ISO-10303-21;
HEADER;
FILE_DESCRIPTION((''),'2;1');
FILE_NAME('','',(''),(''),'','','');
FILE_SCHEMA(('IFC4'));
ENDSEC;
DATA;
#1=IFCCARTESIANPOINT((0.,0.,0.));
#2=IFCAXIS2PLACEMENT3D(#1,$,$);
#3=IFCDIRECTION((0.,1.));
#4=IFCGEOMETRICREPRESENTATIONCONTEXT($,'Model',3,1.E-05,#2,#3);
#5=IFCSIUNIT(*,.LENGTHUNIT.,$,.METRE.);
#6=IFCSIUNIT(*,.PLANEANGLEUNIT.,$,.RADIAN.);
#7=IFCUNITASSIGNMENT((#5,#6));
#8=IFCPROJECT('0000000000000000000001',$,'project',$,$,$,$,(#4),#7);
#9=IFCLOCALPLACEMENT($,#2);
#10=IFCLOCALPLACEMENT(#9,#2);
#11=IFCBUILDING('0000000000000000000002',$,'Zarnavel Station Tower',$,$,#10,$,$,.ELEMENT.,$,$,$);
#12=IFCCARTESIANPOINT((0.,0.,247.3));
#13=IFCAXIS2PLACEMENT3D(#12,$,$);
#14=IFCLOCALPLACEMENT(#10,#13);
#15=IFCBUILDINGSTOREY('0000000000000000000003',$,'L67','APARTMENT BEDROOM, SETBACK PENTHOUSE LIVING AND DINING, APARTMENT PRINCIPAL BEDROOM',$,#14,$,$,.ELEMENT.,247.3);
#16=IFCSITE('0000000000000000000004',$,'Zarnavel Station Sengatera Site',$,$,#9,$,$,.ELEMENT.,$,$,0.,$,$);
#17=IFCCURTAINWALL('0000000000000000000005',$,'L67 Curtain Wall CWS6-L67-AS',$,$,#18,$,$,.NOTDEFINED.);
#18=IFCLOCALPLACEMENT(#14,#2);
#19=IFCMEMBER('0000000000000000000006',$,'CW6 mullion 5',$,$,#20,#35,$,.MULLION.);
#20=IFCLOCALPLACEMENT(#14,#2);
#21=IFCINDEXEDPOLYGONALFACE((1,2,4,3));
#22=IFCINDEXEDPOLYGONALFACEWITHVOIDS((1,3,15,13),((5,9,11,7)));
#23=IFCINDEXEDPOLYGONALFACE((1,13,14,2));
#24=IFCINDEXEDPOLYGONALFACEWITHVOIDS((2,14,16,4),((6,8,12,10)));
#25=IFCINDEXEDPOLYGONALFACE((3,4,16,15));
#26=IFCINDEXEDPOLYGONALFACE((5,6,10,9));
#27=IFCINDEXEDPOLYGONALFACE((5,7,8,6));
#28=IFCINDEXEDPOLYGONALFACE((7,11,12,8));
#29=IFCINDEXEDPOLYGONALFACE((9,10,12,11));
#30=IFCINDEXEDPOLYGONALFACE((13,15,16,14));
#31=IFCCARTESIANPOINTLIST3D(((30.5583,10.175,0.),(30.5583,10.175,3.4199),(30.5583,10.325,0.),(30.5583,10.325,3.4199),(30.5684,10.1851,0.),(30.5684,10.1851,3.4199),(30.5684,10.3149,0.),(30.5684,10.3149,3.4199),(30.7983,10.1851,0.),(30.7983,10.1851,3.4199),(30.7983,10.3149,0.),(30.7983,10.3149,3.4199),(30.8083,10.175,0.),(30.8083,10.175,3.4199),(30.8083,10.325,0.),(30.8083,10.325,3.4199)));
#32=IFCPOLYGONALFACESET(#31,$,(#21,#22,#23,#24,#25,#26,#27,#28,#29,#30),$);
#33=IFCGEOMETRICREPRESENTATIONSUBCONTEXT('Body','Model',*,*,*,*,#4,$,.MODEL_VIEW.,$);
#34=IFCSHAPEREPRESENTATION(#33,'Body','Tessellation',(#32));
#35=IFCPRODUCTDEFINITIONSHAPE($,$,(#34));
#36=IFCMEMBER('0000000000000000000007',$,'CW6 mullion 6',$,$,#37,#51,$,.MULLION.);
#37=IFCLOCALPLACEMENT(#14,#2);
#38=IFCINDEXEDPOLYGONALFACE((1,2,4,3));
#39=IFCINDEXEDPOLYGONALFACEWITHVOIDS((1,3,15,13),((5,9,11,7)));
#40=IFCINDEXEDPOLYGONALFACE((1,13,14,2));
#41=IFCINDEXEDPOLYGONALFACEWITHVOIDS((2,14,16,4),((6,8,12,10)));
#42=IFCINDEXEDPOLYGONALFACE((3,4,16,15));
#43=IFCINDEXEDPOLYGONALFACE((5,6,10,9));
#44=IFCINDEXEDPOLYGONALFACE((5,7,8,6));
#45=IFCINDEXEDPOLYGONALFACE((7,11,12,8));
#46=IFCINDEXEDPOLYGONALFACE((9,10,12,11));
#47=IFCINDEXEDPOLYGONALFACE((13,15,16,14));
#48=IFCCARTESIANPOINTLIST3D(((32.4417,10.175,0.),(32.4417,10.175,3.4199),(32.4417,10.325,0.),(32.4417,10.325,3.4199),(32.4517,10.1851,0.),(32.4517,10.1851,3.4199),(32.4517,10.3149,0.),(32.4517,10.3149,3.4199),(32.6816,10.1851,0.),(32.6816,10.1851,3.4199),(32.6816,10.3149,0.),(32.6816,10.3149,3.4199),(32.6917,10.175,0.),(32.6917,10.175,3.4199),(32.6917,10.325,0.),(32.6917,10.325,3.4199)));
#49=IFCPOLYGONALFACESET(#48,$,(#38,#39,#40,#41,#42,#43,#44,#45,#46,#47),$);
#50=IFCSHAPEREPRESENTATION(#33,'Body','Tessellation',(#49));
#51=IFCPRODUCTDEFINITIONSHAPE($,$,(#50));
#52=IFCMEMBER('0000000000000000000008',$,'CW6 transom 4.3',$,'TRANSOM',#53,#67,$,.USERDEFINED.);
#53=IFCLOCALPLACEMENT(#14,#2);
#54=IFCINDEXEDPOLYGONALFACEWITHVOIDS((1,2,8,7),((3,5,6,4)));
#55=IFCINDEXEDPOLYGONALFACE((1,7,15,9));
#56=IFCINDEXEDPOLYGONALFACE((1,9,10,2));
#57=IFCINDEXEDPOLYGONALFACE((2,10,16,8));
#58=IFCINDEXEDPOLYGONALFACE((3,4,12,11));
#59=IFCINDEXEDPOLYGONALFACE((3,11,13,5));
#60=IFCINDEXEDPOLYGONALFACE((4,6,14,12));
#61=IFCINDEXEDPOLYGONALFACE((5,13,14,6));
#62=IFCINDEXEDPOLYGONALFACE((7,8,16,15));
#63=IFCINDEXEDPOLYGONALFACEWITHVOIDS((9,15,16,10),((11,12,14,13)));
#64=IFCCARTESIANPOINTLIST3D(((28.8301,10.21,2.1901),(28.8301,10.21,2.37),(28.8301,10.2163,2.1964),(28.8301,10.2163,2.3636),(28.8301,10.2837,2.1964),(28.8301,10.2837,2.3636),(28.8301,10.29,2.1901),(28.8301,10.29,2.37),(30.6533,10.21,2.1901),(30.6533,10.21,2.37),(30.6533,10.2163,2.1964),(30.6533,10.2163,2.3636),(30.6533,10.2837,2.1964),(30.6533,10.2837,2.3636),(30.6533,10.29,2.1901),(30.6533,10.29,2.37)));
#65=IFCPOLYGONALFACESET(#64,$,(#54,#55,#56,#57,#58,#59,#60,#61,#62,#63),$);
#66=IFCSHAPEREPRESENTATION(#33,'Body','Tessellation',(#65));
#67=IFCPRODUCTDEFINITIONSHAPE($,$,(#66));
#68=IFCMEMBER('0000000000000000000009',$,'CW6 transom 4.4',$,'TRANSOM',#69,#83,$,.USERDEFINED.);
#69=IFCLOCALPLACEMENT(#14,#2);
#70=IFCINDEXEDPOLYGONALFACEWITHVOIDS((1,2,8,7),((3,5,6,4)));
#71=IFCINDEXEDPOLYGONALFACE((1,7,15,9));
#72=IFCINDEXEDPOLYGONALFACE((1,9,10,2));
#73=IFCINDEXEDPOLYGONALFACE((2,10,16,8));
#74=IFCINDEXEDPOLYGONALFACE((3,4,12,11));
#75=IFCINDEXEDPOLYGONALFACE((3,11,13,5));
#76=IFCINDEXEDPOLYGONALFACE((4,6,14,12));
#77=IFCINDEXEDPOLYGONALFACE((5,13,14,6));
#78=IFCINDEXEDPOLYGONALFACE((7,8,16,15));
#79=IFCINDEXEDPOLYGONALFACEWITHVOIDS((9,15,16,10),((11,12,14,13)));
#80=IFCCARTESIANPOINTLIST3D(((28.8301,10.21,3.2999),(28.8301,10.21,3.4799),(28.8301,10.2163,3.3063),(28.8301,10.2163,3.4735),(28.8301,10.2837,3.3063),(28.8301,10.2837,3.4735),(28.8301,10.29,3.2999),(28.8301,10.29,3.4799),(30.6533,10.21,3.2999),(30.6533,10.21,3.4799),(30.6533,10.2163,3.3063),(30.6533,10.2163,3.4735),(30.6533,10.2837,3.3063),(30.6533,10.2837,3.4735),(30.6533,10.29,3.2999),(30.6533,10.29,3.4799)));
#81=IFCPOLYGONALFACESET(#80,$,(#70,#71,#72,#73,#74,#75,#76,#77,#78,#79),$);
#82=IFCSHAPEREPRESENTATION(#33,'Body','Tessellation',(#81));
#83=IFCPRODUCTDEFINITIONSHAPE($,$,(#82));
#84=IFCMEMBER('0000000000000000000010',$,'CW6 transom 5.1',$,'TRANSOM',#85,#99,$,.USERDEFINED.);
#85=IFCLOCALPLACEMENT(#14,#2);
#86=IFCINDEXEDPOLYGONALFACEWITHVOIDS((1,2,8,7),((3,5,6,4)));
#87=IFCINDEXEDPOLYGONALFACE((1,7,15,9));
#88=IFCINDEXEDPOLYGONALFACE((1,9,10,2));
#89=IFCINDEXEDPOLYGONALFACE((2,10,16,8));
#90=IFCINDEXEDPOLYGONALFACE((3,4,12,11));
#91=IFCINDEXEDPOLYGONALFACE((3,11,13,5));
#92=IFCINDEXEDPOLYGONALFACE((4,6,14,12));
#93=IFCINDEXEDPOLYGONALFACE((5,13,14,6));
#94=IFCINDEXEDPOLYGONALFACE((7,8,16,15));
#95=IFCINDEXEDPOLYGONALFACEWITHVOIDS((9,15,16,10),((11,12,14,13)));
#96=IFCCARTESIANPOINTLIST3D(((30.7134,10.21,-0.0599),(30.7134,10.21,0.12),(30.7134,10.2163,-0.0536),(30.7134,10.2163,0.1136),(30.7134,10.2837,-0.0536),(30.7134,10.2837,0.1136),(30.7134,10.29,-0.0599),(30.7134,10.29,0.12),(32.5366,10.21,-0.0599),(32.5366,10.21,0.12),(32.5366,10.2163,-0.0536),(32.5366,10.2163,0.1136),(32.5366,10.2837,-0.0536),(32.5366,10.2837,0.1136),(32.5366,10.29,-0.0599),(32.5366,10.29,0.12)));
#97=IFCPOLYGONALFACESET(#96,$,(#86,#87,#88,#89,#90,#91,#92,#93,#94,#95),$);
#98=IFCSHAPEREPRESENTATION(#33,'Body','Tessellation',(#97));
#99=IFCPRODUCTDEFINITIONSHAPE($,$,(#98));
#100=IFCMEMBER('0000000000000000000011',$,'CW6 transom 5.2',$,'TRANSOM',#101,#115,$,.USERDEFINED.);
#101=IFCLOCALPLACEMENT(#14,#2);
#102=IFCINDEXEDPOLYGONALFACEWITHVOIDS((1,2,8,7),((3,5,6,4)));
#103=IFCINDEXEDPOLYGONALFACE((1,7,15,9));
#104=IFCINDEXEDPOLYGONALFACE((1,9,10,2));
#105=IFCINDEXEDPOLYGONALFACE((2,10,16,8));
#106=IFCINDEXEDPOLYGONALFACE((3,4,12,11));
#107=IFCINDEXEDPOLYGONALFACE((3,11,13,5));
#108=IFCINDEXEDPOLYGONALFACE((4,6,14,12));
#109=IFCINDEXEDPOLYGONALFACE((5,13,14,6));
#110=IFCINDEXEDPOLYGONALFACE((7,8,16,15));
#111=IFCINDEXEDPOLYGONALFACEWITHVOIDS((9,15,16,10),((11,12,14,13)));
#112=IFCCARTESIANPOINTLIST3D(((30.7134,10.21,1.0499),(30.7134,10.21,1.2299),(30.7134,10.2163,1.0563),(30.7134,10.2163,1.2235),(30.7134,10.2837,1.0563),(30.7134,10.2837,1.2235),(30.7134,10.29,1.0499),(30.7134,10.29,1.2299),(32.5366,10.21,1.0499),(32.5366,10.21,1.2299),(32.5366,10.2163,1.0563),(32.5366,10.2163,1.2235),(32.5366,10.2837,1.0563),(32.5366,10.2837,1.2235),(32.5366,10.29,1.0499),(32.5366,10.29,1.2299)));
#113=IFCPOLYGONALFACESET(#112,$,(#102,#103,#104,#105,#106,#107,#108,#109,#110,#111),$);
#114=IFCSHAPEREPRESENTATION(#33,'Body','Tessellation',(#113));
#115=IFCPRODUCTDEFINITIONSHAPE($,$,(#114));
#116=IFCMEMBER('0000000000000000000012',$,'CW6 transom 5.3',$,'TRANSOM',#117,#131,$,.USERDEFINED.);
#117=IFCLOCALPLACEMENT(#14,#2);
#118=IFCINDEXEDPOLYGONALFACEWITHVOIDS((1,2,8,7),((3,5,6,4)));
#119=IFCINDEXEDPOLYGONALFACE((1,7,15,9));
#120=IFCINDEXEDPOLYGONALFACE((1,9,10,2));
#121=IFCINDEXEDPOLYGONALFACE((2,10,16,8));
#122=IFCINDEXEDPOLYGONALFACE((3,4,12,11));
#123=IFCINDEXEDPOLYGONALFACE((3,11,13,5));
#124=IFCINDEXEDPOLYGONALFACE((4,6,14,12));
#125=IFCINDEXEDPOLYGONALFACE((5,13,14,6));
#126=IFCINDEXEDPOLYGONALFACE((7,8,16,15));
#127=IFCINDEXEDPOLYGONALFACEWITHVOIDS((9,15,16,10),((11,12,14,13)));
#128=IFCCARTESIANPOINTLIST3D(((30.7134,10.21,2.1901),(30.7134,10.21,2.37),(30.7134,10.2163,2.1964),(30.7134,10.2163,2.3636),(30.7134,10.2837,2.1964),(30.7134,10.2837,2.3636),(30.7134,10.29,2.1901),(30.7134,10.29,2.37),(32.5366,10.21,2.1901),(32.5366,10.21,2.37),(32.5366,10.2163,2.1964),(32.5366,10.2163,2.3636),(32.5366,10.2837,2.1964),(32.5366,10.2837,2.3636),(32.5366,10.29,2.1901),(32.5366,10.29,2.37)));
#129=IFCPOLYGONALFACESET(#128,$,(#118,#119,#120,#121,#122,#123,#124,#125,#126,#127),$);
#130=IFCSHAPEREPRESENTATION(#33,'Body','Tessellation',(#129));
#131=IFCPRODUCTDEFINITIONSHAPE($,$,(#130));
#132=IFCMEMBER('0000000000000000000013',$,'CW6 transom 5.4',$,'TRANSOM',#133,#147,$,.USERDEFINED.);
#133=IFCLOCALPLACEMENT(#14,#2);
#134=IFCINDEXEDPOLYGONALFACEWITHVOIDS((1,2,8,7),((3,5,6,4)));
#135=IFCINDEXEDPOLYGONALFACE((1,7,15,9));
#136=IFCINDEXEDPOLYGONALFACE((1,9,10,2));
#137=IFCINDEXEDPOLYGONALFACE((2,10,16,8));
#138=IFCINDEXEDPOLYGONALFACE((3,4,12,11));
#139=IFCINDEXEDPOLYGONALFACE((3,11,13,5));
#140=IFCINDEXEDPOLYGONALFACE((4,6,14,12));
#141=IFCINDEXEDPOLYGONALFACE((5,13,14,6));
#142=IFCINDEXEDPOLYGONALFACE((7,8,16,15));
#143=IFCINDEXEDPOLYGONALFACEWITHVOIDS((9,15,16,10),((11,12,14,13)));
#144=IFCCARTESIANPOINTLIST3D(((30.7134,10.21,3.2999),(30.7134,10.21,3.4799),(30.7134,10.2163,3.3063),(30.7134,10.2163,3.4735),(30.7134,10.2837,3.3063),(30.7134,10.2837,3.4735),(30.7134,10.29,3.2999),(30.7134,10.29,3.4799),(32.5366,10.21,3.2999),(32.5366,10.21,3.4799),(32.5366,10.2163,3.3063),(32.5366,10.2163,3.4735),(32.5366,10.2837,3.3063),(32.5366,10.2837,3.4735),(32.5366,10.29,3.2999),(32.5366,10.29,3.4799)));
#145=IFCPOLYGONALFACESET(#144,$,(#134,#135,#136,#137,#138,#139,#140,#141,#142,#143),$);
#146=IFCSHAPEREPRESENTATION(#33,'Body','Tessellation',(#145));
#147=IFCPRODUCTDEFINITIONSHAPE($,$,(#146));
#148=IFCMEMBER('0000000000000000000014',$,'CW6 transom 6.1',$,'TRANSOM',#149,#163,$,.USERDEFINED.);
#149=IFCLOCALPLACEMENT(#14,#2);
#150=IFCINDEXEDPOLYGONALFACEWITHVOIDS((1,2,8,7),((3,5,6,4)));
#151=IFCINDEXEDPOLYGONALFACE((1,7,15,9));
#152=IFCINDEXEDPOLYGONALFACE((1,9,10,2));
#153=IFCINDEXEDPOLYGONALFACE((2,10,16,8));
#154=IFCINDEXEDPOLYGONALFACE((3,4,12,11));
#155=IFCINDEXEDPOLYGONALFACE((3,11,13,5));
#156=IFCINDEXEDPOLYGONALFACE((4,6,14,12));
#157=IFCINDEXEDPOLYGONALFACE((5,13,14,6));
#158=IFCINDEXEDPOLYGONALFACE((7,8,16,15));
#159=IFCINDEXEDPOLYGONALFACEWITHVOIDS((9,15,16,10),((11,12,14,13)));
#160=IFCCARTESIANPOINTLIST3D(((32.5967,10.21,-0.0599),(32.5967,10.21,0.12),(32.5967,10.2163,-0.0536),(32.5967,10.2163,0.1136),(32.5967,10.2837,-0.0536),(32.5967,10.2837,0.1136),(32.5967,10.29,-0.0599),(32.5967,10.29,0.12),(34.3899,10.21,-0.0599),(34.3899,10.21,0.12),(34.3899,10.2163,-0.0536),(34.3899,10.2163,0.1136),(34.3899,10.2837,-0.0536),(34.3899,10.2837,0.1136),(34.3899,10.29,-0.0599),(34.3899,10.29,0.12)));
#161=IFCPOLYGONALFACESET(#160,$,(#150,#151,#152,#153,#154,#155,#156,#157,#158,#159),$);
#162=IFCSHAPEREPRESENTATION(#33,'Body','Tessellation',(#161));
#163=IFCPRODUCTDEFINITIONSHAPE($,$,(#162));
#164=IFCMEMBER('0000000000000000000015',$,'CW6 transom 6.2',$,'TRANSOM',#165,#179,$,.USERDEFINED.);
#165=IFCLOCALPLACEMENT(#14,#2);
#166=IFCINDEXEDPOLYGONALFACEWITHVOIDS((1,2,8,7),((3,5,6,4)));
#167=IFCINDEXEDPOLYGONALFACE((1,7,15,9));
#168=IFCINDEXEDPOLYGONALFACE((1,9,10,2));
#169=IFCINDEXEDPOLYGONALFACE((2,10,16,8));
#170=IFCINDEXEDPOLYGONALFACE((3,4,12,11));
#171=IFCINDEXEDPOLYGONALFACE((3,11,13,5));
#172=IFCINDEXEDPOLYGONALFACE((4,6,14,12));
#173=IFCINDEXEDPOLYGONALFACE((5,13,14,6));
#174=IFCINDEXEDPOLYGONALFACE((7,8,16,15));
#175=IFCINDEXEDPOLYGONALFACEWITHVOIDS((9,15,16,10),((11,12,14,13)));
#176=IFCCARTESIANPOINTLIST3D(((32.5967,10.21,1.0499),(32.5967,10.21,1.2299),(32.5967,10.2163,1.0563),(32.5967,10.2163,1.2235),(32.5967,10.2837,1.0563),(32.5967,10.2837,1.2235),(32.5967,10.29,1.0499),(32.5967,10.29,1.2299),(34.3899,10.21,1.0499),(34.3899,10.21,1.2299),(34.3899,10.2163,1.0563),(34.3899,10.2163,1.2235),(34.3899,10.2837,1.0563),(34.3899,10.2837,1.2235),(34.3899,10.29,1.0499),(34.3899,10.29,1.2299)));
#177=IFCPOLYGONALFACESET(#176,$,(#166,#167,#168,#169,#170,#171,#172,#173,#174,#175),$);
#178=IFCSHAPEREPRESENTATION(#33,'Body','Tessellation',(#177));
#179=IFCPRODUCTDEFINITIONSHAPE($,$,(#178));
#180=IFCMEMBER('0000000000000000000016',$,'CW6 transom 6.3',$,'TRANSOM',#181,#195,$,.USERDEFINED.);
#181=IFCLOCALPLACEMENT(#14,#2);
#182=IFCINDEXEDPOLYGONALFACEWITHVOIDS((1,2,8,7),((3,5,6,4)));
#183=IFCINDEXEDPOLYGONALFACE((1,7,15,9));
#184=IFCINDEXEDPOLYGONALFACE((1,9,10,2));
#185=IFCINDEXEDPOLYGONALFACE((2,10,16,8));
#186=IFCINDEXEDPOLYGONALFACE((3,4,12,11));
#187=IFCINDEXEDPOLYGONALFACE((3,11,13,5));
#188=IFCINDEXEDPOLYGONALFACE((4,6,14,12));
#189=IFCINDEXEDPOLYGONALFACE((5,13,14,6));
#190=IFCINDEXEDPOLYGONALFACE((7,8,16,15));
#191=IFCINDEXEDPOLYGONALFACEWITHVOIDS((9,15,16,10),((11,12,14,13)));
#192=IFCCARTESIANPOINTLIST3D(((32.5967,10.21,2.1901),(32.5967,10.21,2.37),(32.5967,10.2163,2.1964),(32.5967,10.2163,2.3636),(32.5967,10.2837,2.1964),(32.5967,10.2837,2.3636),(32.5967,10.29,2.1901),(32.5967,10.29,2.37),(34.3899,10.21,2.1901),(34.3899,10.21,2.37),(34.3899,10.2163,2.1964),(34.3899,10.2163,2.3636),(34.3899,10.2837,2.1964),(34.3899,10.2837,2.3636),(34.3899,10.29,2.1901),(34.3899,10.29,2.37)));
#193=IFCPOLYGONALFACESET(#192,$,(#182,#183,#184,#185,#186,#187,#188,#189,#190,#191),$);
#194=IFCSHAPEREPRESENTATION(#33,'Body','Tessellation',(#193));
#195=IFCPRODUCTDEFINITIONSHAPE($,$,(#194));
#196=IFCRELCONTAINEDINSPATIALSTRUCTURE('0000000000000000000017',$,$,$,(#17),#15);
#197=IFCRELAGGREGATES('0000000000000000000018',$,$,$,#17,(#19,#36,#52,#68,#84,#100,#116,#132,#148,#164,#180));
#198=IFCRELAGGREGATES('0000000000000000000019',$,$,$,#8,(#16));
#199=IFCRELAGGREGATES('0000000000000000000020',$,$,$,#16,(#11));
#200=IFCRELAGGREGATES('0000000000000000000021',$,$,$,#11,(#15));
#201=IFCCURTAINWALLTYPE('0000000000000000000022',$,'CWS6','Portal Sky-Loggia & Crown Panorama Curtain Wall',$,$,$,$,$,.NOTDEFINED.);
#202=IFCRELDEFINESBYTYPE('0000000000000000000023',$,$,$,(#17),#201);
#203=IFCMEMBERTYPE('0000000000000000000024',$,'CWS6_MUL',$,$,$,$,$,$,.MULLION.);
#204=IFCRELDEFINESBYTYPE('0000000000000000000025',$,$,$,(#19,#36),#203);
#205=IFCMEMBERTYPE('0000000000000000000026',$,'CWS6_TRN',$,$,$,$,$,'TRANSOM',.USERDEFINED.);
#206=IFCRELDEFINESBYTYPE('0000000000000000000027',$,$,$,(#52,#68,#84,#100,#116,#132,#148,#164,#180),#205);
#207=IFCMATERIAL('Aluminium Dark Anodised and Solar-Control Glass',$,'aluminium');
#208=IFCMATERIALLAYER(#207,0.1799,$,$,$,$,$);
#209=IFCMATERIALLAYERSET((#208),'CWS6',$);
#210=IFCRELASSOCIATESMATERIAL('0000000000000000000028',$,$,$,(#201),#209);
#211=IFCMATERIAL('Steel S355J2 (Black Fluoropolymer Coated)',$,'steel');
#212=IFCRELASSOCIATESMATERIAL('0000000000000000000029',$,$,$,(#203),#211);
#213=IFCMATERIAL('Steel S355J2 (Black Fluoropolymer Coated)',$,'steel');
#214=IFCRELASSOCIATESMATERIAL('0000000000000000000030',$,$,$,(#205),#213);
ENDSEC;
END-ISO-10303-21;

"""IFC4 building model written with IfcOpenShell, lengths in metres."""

from ifc_helpers import new_model, si_unit, direction, frame, origin, origin_2d, place, context, subcontext, project, spatial, hollow_rectangle, extrude, material, layer, layer_set, material_profile, profile_set, type_object, element, aggregate, save


model = new_model("IFC4")

# Units and contexts
model_context = context("Model", 3, precision=1e-05, world=origin(), true_north=direction((0.0, 1.0)))
body_context = subcontext(model_context, "Body", "Model", "MODEL_VIEW")
ifc_project = project(units=[si_unit("LENGTHUNIT", "METRE"), si_unit("PLANEANGLEUNIT", "RADIAN")], contexts=[model_context])

# Site, building, storey
site_placement = place(None, origin())
site = spatial("IfcSite", under=ifc_project, at=site_placement, Name="Zarnavel Station Sengatera Site", CompositionType="ELEMENT", RefElevation=0.0)
building_placement = place(site_placement, origin())
building = spatial("IfcBuilding", under=site, at=building_placement, Name="Zarnavel Station Tower", CompositionType="ELEMENT")
storey_placement = place(building_placement, frame((0.0, 0.0, 247.3)))
storey = spatial("IfcBuildingStorey", under=building, at=storey_placement, Name="L67", Description="APARTMENT BEDROOM, SETBACK PENTHOUSE LIVING AND DINING, APARTMENT PRINCIPAL BEDROOM", CompositionType="ELEMENT", Elevation=247.3)

# Curtain wall, members
ifc_material_1 = material(Name="Aluminium Dark Anodised and Solar-Control Glass", Category="aluminium")
ifc_layer_1 = layer(ifc_material_1, 0.1799)
ifc_layer_set_1 = layer_set([ifc_layer_1], Name="CWS6")
curtain_wall_type = type_object("IfcCurtainWallType", Name="CWS6", Description="Portal Sky-Loggia & Crown Panorama Curtain Wall", PredefinedType="NOTDEFINED", material=ifc_layer_set_1)
curtain_wall_placement = place(storey_placement, origin())
curtain_wall = element("IfcCurtainWall", 1, at=curtain_wall_placement, inside=storey, type_object=curtain_wall_type, Name="L67 Curtain Wall CWS6-L67-AS", PredefinedType="NOTDEFINED")
ifc_material_2 = material(Name="Steel S355J2 (Black Fluoropolymer Coated)", Category="steel")
ifc_material_profile_1 = material_profile(ifc_material_2, hollow_rectangle(XDim=0.1499, YDim=0.25, WallThickness=0.01, at=origin_2d()), Name="RHS250x150x10")
ifc_profile_set_1 = profile_set([ifc_material_profile_1], Name="Steel S355J2 (Black Fluoropolymer Coated)")
member_type_1 = type_object("IfcMemberType", Name="CWS6_MUL", PredefinedType="MULLION", material=ifc_profile_set_1)
member_1_placement = place(storey_placement, frame((30.6833, 10.25, 0.0), z_axis=(0.0, 0.0, 1.0), x_axis=(0.0, 1.0, 0.0)))
member_1 = element("IfcMember", 2, at=member_1_placement, type_object=member_type_1, Name="CW6 mullion 5", PredefinedType="MULLION", context=body_context, shape_type="SweptSolid", body=[
    extrude(hollow_rectangle(XDim=0.1499, YDim=0.25, WallThickness=0.01, at=origin_2d()), origin(), (0.0, 0.0, 1.0), 3.4199),
])
member_2_placement = place(storey_placement, frame((32.5667, 10.25, 0.0), z_axis=(0.0, 0.0, 1.0), x_axis=(0.0, 1.0, 0.0)))
member_2 = element("IfcMember", 3, at=member_2_placement, type_object=member_type_1, Name="CW6 mullion 6", PredefinedType="MULLION", context=body_context, shape_type="SweptSolid", body=[
    extrude(hollow_rectangle(XDim=0.1499, YDim=0.25, WallThickness=0.01, at=origin_2d()), origin(), (0.0, 0.0, 1.0), 3.4199),
])
ifc_material_3 = material(Name="Steel S355J2 (Black Fluoropolymer Coated)", Category="steel")
ifc_material_profile_2 = material_profile(ifc_material_3, hollow_rectangle(XDim=0.0801, YDim=0.1799, WallThickness=0.0063, at=origin_2d()), Name="RHS180x80x6.3")
ifc_profile_set_2 = profile_set([ifc_material_profile_2], Name="Steel S355J2 (Black Fluoropolymer Coated)")
member_type_2 = type_object("IfcMemberType", Name="CWS6_TRN", ElementType="TRANSOM", PredefinedType="USERDEFINED", material=ifc_profile_set_2)
member_3_placement = place(storey_placement, frame((28.8301, 10.25, 2.28), z_axis=(1.0, 0.0, 0.0), x_axis=(0.0, 1.0, 0.0)))
member_3 = element("IfcMember", 4, at=member_3_placement, type_object=member_type_2, Name="CW6 transom 4.3", ObjectType="TRANSOM", PredefinedType="USERDEFINED", context=body_context, shape_type="SweptSolid", body=[
    extrude(hollow_rectangle(XDim=0.0801, YDim=0.1799, WallThickness=0.0063, at=origin_2d()), origin(), (0.0, 0.0, 1.0), 1.8232),
])
member_4_placement = place(storey_placement, frame((28.8301, 10.25, 3.3899), z_axis=(1.0, 0.0, 0.0), x_axis=(0.0, 1.0, 0.0)))
member_4 = element("IfcMember", 5, at=member_4_placement, type_object=member_type_2, Name="CW6 transom 4.4", ObjectType="TRANSOM", PredefinedType="USERDEFINED", context=body_context, shape_type="SweptSolid", body=[
    extrude(hollow_rectangle(XDim=0.0801, YDim=0.1799, WallThickness=0.0063, at=origin_2d()), origin(), (0.0, 0.0, 1.0), 1.8232),
])
member_5_placement = place(storey_placement, frame((30.7134, 10.25, 0.03), z_axis=(1.0, 0.0, 0.0), x_axis=(0.0, 1.0, 0.0)))
member_5 = element("IfcMember", 6, at=member_5_placement, type_object=member_type_2, Name="CW6 transom 5.1", ObjectType="TRANSOM", PredefinedType="USERDEFINED", context=body_context, shape_type="SweptSolid", body=[
    extrude(hollow_rectangle(XDim=0.0801, YDim=0.1799, WallThickness=0.0063, at=origin_2d()), origin(), (0.0, 0.0, 1.0), 1.8232),
])
member_6_placement = place(storey_placement, frame((30.7134, 10.25, 1.1399), z_axis=(1.0, 0.0, 0.0), x_axis=(0.0, 1.0, 0.0)))
member_6 = element("IfcMember", 7, at=member_6_placement, type_object=member_type_2, Name="CW6 transom 5.2", ObjectType="TRANSOM", PredefinedType="USERDEFINED", context=body_context, shape_type="SweptSolid", body=[
    extrude(hollow_rectangle(XDim=0.0801, YDim=0.1799, WallThickness=0.0063, at=origin_2d()), origin(), (0.0, 0.0, 1.0), 1.8232),
])
member_7_placement = place(storey_placement, frame((30.7134, 10.25, 2.28), z_axis=(1.0, 0.0, 0.0), x_axis=(0.0, 1.0, 0.0)))
member_7 = element("IfcMember", 8, at=member_7_placement, type_object=member_type_2, Name="CW6 transom 5.3", ObjectType="TRANSOM", PredefinedType="USERDEFINED", context=body_context, shape_type="SweptSolid", body=[
    extrude(hollow_rectangle(XDim=0.0801, YDim=0.1799, WallThickness=0.0063, at=origin_2d()), origin(), (0.0, 0.0, 1.0), 1.8232),
])
member_8_placement = place(storey_placement, frame((30.7134, 10.25, 3.3899), z_axis=(1.0, 0.0, 0.0), x_axis=(0.0, 1.0, 0.0)))
member_8 = element("IfcMember", 9, at=member_8_placement, type_object=member_type_2, Name="CW6 transom 5.4", ObjectType="TRANSOM", PredefinedType="USERDEFINED", context=body_context, shape_type="SweptSolid", body=[
    extrude(hollow_rectangle(XDim=0.0801, YDim=0.1799, WallThickness=0.0063, at=origin_2d()), origin(), (0.0, 0.0, 1.0), 1.8232),
])
member_9_placement = place(storey_placement, frame((32.5967, 10.25, 0.03), z_axis=(1.0, 0.0, 0.0), x_axis=(0.0, 1.0, 0.0)))
member_9 = element("IfcMember", 10, at=member_9_placement, type_object=member_type_2, Name="CW6 transom 6.1", ObjectType="TRANSOM", PredefinedType="USERDEFINED", context=body_context, shape_type="SweptSolid", body=[
    extrude(hollow_rectangle(XDim=0.0801, YDim=0.1799, WallThickness=0.0063, at=origin_2d()), origin(), (0.0, 0.0, 1.0), 1.7932),
])
member_10_placement = place(storey_placement, frame((32.5967, 10.25, 1.1399), z_axis=(1.0, 0.0, 0.0), x_axis=(0.0, 1.0, 0.0)))
member_10 = element("IfcMember", 11, at=member_10_placement, type_object=member_type_2, Name="CW6 transom 6.2", ObjectType="TRANSOM", PredefinedType="USERDEFINED", context=body_context, shape_type="SweptSolid", body=[
    extrude(hollow_rectangle(XDim=0.0801, YDim=0.1799, WallThickness=0.0063, at=origin_2d()), origin(), (0.0, 0.0, 1.0), 1.7932),
])
member_11_placement = place(storey_placement, frame((32.5967, 10.25, 2.28), z_axis=(1.0, 0.0, 0.0), x_axis=(0.0, 1.0, 0.0)))
member_11 = element("IfcMember", 12, at=member_11_placement, type_object=member_type_2, Name="CW6 transom 6.3", ObjectType="TRANSOM", PredefinedType="USERDEFINED", context=body_context, shape_type="SweptSolid", body=[
    extrude(hollow_rectangle(XDim=0.0801, YDim=0.1799, WallThickness=0.0063, at=origin_2d()), origin(), (0.0, 0.0, 1.0), 1.7932),
])
aggregate(curtain_wall, [member_1, member_2, member_3, member_4, member_5, member_6, member_7, member_8, member_9, member_10, member_11])

save(model, "model.ifc")
